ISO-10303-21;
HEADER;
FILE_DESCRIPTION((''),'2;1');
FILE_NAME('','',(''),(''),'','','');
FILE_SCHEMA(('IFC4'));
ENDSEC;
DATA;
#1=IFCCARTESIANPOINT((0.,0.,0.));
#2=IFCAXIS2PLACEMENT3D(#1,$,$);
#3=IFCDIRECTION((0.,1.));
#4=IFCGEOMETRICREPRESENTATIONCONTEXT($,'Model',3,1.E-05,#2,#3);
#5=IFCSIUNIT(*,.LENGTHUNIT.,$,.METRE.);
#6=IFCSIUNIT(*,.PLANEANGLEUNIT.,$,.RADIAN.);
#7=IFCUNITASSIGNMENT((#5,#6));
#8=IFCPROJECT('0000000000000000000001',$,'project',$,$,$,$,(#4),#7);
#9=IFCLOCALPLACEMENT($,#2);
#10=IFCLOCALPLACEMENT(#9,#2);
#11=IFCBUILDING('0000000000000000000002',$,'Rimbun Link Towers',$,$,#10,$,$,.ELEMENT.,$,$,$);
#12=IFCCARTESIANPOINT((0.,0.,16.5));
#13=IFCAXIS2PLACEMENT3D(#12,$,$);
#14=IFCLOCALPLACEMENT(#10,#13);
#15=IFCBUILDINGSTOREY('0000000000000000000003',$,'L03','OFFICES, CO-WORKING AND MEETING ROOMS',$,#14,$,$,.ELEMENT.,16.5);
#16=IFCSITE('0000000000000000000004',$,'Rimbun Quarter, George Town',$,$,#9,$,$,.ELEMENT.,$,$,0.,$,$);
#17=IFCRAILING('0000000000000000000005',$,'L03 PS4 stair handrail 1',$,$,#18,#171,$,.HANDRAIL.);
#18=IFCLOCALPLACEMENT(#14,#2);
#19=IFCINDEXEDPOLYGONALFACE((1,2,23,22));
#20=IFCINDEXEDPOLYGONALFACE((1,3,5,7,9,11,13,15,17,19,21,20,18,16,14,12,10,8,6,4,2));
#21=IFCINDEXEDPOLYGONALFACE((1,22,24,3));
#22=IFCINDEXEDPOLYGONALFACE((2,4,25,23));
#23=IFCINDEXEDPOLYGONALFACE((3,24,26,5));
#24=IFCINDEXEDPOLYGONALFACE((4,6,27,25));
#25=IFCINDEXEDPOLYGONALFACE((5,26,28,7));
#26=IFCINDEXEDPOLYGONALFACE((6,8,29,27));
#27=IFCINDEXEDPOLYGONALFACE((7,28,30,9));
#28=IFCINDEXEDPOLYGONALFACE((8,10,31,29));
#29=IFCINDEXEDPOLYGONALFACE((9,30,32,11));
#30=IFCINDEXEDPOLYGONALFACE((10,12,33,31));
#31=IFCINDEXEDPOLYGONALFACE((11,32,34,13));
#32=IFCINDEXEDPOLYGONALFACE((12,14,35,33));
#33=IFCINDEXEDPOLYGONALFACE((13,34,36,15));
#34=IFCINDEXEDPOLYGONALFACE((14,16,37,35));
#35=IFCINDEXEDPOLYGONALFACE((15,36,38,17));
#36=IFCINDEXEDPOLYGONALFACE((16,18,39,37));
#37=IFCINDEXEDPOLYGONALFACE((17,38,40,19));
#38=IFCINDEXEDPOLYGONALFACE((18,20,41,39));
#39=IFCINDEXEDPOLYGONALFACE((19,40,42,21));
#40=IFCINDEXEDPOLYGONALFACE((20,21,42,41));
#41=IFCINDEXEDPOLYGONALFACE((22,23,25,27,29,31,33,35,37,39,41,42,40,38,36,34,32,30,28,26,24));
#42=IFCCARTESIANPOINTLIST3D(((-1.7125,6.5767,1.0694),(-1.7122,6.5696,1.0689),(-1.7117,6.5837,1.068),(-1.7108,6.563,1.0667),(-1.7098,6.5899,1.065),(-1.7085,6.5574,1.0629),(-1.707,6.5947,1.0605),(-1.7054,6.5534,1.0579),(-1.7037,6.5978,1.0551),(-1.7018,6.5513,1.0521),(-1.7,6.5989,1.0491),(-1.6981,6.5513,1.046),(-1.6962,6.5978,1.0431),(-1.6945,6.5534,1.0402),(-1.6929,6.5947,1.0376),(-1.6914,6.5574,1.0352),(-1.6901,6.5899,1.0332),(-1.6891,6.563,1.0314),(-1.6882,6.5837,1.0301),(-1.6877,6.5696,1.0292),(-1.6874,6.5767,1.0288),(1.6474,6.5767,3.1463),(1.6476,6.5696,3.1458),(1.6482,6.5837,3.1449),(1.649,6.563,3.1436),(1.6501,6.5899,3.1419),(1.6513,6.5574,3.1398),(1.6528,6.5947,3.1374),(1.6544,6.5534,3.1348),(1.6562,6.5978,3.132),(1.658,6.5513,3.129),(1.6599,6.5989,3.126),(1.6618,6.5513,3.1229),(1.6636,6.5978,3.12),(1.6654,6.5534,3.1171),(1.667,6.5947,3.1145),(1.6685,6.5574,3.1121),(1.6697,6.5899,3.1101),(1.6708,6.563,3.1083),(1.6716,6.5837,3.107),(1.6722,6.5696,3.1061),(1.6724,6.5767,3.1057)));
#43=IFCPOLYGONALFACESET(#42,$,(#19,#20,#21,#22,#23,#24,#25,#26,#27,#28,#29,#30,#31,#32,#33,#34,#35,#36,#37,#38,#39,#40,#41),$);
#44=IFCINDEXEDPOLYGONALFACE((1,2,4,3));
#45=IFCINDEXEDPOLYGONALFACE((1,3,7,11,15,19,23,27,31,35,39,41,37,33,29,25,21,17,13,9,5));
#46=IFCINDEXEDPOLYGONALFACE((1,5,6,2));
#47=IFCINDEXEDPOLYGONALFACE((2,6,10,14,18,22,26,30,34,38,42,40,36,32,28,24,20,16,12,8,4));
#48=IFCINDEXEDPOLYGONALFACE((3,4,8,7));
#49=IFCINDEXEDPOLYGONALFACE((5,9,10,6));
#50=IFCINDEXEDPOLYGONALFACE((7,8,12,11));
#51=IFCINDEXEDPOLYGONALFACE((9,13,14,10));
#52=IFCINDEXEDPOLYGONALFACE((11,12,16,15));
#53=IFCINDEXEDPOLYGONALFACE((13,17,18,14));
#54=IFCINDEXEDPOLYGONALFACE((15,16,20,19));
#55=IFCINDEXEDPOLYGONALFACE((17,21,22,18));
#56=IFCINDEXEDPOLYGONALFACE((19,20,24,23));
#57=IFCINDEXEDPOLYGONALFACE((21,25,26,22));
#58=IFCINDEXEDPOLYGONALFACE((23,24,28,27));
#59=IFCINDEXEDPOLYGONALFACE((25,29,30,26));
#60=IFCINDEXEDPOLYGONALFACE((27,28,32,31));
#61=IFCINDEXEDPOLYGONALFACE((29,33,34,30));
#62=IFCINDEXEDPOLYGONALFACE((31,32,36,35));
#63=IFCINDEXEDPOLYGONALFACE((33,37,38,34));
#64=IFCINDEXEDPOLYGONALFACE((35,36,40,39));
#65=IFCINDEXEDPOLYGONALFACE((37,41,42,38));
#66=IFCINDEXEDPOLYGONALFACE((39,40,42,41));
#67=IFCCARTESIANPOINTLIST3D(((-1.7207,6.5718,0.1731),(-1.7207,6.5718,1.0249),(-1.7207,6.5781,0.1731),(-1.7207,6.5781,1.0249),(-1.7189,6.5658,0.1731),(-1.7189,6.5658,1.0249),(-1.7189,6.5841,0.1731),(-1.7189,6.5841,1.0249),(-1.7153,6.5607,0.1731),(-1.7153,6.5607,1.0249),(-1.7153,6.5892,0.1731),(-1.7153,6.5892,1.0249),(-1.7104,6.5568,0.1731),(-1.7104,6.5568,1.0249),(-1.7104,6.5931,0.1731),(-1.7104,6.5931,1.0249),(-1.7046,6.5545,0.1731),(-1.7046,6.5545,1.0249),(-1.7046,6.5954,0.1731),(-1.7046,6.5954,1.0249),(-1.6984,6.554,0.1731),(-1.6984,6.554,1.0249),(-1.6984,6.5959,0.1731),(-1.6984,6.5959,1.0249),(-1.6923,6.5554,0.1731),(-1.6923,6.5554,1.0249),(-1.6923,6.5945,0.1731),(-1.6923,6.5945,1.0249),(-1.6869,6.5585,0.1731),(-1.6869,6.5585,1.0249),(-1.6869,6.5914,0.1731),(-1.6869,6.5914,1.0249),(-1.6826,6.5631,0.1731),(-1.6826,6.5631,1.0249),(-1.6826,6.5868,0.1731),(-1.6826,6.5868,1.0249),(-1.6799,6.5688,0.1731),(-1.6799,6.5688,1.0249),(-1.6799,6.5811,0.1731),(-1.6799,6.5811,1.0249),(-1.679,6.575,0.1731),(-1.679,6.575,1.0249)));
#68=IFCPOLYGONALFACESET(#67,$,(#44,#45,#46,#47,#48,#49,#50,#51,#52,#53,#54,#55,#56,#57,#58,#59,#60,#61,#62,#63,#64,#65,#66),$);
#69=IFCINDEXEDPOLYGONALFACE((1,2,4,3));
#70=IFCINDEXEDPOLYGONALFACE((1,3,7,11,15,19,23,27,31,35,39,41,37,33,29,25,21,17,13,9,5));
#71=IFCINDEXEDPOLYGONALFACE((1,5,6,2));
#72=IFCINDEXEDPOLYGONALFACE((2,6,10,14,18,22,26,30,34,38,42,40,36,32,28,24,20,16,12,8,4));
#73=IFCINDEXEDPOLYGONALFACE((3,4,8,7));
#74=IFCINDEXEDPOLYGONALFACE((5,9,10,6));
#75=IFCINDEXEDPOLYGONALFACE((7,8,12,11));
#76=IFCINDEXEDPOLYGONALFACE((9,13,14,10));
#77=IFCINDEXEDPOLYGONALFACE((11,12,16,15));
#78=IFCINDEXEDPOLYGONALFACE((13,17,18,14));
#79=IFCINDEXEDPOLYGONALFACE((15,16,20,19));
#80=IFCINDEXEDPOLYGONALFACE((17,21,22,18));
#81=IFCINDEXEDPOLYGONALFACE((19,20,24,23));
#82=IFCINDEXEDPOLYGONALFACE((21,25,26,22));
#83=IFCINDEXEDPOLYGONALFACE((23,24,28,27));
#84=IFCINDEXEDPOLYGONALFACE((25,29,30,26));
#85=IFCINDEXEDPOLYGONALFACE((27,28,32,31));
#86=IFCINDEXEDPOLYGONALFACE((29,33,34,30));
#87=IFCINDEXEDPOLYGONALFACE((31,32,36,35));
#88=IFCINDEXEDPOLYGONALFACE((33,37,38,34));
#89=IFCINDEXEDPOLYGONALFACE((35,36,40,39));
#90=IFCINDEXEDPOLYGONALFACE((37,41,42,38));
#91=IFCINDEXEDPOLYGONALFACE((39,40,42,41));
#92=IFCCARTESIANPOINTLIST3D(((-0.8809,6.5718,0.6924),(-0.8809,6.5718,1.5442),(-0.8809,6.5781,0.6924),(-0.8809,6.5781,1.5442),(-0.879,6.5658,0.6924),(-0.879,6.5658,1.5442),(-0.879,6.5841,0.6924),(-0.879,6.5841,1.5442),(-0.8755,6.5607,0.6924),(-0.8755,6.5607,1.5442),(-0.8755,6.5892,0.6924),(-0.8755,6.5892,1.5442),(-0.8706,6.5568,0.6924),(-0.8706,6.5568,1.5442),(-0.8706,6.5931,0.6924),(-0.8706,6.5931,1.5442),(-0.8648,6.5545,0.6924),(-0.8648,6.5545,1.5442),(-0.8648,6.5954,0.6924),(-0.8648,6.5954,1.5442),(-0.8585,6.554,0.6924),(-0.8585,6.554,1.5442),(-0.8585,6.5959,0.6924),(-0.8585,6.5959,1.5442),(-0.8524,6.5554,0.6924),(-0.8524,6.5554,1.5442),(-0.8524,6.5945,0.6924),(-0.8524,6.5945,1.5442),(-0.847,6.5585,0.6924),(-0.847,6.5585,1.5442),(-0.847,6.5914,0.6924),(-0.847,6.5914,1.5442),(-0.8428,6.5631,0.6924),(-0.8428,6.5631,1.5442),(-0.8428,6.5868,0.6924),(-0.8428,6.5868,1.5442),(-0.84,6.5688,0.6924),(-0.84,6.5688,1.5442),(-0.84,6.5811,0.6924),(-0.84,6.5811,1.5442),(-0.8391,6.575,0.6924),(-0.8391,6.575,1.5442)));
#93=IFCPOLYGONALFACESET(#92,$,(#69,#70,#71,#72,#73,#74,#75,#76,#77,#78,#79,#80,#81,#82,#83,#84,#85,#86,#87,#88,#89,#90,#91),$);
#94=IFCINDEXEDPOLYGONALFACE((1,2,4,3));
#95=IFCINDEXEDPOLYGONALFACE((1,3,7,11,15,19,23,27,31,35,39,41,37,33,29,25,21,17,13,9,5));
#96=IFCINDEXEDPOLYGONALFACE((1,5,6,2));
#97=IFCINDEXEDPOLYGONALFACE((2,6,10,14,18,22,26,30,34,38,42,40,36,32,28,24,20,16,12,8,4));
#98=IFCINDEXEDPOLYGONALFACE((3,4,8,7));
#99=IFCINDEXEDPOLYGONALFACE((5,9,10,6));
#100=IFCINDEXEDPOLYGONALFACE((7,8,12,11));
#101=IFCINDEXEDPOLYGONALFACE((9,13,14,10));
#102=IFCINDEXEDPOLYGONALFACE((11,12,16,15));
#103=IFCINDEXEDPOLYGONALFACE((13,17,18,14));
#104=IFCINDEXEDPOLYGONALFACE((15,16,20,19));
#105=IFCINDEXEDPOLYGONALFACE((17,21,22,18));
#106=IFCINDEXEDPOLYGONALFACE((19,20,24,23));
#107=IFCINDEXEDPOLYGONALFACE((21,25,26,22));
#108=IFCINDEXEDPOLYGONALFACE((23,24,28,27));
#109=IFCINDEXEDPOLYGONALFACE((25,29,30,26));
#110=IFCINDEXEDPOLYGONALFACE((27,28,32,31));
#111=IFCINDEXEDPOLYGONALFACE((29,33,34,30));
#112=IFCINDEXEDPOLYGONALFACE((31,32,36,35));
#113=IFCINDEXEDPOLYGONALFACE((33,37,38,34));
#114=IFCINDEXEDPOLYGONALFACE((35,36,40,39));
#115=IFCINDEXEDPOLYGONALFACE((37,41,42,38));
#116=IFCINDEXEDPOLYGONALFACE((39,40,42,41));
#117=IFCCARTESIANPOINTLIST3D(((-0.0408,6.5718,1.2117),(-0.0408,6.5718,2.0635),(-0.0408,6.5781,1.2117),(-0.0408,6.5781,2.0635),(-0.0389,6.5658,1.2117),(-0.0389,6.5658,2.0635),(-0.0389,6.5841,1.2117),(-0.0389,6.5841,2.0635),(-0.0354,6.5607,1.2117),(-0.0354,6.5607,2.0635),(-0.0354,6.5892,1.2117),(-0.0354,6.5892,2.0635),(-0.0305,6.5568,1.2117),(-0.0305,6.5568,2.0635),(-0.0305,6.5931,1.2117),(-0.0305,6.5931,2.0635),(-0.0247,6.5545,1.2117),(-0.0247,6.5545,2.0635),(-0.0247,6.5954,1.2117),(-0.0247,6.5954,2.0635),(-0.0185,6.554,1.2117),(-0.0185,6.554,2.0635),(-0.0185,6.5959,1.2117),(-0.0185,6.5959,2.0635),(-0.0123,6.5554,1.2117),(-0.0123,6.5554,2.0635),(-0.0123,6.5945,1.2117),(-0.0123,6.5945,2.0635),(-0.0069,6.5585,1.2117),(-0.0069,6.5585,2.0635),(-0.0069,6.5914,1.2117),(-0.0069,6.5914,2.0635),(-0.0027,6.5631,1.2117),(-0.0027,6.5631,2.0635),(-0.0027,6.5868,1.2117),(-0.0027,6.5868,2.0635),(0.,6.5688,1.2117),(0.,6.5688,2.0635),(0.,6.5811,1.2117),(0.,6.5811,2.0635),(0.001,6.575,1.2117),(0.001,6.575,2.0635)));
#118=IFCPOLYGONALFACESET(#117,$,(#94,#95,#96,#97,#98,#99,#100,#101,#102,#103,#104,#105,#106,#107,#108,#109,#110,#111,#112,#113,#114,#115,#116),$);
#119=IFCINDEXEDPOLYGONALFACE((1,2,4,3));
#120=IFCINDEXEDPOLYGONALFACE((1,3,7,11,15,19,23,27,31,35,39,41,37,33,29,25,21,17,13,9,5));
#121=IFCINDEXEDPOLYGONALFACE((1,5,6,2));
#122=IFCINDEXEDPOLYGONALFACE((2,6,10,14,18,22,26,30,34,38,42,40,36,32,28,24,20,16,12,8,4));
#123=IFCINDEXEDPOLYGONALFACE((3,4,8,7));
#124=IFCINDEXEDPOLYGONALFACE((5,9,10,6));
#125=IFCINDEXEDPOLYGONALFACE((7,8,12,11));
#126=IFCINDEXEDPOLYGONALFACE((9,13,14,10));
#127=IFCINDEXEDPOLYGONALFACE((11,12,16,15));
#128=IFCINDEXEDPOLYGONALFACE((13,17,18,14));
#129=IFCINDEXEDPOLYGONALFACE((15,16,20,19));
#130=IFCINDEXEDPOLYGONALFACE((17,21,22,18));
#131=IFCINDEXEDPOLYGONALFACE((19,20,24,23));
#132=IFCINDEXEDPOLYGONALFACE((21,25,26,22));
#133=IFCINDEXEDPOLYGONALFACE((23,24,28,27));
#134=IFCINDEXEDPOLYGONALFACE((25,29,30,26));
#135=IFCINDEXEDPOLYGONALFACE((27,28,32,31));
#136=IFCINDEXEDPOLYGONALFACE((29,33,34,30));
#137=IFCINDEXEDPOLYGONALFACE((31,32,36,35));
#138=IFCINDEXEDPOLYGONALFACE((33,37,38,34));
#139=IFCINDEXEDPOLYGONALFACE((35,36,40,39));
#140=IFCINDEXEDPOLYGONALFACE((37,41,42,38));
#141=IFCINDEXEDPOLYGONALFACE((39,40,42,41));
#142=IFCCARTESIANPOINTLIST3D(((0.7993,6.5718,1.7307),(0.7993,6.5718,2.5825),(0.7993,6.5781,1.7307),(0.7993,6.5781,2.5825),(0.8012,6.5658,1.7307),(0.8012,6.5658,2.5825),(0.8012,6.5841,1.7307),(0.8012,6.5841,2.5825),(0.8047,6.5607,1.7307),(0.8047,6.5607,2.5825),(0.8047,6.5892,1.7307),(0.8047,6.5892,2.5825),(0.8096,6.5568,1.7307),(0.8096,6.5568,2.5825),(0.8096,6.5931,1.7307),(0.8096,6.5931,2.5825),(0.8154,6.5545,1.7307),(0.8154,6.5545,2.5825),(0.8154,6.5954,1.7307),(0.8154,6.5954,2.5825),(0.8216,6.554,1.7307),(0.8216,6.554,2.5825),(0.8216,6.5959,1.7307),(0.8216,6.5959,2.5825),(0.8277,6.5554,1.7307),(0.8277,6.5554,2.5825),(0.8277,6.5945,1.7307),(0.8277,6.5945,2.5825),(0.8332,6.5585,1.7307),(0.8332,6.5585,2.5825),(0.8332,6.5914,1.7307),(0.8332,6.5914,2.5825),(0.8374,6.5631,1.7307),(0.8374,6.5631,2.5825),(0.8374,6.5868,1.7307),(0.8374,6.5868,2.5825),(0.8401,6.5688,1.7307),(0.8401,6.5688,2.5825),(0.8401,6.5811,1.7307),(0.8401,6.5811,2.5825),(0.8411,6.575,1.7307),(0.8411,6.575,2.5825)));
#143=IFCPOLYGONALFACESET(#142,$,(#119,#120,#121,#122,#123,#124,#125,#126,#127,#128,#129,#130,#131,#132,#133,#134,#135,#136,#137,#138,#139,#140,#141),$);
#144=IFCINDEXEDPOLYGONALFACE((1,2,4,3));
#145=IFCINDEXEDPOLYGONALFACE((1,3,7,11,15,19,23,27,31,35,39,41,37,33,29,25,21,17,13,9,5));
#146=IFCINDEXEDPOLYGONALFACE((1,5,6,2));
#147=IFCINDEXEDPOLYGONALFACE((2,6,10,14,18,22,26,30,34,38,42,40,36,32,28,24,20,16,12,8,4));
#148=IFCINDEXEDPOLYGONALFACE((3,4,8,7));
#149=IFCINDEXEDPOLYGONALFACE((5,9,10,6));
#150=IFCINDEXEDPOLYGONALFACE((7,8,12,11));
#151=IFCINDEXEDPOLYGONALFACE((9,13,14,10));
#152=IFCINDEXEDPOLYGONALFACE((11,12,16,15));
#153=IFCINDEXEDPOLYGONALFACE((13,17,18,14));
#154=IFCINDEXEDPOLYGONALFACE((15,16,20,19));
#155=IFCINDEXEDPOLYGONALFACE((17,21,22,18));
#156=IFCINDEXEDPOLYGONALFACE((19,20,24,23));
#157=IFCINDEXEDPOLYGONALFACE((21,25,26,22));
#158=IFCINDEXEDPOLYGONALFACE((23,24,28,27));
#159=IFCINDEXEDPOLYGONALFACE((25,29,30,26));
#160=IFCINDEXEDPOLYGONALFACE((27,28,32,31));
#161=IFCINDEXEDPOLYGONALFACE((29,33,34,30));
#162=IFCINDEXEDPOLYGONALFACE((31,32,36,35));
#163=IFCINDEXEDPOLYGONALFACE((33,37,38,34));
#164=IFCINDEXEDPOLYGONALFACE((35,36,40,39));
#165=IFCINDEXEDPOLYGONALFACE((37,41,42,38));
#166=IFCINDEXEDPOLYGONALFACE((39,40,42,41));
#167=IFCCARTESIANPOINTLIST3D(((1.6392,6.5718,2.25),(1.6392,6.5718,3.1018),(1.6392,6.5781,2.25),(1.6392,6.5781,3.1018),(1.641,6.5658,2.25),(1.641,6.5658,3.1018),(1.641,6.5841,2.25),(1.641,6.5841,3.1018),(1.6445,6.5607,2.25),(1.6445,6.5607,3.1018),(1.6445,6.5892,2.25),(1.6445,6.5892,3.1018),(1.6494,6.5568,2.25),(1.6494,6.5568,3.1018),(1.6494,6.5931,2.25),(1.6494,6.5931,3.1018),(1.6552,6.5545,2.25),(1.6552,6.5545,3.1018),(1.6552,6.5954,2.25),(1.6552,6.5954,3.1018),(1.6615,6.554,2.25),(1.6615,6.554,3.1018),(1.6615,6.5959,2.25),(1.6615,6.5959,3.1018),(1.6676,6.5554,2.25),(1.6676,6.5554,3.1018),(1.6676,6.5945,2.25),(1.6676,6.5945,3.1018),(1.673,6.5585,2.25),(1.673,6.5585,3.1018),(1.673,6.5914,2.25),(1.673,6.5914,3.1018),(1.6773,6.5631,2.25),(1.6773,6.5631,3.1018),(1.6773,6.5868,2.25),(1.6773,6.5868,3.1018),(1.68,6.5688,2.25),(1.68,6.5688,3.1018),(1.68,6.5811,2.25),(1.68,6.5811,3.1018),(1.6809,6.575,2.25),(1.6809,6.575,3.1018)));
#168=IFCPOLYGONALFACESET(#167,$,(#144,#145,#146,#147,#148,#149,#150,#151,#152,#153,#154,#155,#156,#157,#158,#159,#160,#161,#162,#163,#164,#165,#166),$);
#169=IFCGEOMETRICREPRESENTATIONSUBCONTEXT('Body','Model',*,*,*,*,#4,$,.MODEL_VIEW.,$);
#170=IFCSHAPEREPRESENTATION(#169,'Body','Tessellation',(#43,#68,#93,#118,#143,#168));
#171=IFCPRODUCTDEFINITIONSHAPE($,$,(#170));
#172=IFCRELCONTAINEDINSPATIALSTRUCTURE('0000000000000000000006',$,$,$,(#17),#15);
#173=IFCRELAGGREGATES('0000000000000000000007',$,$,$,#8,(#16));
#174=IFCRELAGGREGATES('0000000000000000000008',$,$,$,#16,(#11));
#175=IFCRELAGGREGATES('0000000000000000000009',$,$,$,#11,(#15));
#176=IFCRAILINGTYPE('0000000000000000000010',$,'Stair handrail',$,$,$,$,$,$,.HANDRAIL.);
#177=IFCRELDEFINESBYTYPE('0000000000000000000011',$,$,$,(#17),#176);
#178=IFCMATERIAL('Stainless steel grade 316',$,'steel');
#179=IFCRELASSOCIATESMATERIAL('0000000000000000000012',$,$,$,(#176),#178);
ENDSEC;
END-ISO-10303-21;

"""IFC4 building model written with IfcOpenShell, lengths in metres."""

from ifc_helpers import new_model, si_unit, direction, frame, origin, origin_2d, place, context, subcontext, project, spatial, circle, extrude, material, type_object, element, save


model = new_model("IFC4")

# Units and contexts
model_context = context("Model", 3, precision=1e-05, world=origin(), true_north=direction((0.0, 1.0)))
body_context = subcontext(model_context, "Body", "Model", "MODEL_VIEW")
ifc_project = project(units=[si_unit("LENGTHUNIT", "METRE"), si_unit("PLANEANGLEUNIT", "RADIAN")], contexts=[model_context])

# Site, building, storey
site_placement = place(None, origin())
site = spatial("IfcSite", under=ifc_project, at=site_placement, Name="Rimbun Quarter, George Town", CompositionType="ELEMENT", RefElevation=0.0)
building_placement = place(site_placement, origin())
building = spatial("IfcBuilding", under=site, at=building_placement, Name="Rimbun Link Towers", CompositionType="ELEMENT")
storey_placement = place(building_placement, frame((0.0, 0.0, 16.5)))
storey = spatial("IfcBuildingStorey", under=building, at=storey_placement, Name="L03", Description="OFFICES, CO-WORKING AND MEETING ROOMS", CompositionType="ELEMENT", Elevation=16.5)

# Railing
ifc_material_1 = material(Name="Stainless steel grade 316", Category="steel")
railing_type_1 = type_object("IfcRailingType", Name="Stair handrail", PredefinedType="HANDRAIL", material=ifc_material_1)
railing_1_placement = place(storey_placement, frame((-1.7, 6.575, 0.1731)))
element("IfcRailing", 1, at=railing_1_placement, inside=storey, type_object=railing_type_1, Name="L03 PS4 stair handrail 1", PredefinedType="HANDRAIL", context=body_context, shape_type="SweptSolid", body=[
    extrude(circle(Radius=0.0239, at=origin_2d()), frame((0.0, 0.0, 0.876), z_axis=(0.850606, 0.0, 0.525803), x_axis=(0.0, 1.0, 0.0)), (0.0, 0.0, 1.0), 3.95),
    extrude(circle(Radius=0.021, at=origin_2d()), origin(), (0.0, 0.0, 1.0), 0.8518),
    extrude(circle(Radius=0.021, at=origin_2d()), frame((0.8398, 0.0, 0.5193)), (0.0, 0.0, 1.0), 0.8518),
    extrude(circle(Radius=0.021, at=origin_2d()), frame((1.6799, 0.0, 1.0386)), (0.0, 0.0, 1.0), 0.8518),
    extrude(circle(Radius=0.021, at=origin_2d()), frame((2.52, 0.0, 1.5576)), (0.0, 0.0, 1.0), 0.8518),
    extrude(circle(Radius=0.021, at=origin_2d()), frame((3.3599, 0.0, 2.0769)), (0.0, 0.0, 1.0), 0.8518),
])

save(model, "model.ifc")
